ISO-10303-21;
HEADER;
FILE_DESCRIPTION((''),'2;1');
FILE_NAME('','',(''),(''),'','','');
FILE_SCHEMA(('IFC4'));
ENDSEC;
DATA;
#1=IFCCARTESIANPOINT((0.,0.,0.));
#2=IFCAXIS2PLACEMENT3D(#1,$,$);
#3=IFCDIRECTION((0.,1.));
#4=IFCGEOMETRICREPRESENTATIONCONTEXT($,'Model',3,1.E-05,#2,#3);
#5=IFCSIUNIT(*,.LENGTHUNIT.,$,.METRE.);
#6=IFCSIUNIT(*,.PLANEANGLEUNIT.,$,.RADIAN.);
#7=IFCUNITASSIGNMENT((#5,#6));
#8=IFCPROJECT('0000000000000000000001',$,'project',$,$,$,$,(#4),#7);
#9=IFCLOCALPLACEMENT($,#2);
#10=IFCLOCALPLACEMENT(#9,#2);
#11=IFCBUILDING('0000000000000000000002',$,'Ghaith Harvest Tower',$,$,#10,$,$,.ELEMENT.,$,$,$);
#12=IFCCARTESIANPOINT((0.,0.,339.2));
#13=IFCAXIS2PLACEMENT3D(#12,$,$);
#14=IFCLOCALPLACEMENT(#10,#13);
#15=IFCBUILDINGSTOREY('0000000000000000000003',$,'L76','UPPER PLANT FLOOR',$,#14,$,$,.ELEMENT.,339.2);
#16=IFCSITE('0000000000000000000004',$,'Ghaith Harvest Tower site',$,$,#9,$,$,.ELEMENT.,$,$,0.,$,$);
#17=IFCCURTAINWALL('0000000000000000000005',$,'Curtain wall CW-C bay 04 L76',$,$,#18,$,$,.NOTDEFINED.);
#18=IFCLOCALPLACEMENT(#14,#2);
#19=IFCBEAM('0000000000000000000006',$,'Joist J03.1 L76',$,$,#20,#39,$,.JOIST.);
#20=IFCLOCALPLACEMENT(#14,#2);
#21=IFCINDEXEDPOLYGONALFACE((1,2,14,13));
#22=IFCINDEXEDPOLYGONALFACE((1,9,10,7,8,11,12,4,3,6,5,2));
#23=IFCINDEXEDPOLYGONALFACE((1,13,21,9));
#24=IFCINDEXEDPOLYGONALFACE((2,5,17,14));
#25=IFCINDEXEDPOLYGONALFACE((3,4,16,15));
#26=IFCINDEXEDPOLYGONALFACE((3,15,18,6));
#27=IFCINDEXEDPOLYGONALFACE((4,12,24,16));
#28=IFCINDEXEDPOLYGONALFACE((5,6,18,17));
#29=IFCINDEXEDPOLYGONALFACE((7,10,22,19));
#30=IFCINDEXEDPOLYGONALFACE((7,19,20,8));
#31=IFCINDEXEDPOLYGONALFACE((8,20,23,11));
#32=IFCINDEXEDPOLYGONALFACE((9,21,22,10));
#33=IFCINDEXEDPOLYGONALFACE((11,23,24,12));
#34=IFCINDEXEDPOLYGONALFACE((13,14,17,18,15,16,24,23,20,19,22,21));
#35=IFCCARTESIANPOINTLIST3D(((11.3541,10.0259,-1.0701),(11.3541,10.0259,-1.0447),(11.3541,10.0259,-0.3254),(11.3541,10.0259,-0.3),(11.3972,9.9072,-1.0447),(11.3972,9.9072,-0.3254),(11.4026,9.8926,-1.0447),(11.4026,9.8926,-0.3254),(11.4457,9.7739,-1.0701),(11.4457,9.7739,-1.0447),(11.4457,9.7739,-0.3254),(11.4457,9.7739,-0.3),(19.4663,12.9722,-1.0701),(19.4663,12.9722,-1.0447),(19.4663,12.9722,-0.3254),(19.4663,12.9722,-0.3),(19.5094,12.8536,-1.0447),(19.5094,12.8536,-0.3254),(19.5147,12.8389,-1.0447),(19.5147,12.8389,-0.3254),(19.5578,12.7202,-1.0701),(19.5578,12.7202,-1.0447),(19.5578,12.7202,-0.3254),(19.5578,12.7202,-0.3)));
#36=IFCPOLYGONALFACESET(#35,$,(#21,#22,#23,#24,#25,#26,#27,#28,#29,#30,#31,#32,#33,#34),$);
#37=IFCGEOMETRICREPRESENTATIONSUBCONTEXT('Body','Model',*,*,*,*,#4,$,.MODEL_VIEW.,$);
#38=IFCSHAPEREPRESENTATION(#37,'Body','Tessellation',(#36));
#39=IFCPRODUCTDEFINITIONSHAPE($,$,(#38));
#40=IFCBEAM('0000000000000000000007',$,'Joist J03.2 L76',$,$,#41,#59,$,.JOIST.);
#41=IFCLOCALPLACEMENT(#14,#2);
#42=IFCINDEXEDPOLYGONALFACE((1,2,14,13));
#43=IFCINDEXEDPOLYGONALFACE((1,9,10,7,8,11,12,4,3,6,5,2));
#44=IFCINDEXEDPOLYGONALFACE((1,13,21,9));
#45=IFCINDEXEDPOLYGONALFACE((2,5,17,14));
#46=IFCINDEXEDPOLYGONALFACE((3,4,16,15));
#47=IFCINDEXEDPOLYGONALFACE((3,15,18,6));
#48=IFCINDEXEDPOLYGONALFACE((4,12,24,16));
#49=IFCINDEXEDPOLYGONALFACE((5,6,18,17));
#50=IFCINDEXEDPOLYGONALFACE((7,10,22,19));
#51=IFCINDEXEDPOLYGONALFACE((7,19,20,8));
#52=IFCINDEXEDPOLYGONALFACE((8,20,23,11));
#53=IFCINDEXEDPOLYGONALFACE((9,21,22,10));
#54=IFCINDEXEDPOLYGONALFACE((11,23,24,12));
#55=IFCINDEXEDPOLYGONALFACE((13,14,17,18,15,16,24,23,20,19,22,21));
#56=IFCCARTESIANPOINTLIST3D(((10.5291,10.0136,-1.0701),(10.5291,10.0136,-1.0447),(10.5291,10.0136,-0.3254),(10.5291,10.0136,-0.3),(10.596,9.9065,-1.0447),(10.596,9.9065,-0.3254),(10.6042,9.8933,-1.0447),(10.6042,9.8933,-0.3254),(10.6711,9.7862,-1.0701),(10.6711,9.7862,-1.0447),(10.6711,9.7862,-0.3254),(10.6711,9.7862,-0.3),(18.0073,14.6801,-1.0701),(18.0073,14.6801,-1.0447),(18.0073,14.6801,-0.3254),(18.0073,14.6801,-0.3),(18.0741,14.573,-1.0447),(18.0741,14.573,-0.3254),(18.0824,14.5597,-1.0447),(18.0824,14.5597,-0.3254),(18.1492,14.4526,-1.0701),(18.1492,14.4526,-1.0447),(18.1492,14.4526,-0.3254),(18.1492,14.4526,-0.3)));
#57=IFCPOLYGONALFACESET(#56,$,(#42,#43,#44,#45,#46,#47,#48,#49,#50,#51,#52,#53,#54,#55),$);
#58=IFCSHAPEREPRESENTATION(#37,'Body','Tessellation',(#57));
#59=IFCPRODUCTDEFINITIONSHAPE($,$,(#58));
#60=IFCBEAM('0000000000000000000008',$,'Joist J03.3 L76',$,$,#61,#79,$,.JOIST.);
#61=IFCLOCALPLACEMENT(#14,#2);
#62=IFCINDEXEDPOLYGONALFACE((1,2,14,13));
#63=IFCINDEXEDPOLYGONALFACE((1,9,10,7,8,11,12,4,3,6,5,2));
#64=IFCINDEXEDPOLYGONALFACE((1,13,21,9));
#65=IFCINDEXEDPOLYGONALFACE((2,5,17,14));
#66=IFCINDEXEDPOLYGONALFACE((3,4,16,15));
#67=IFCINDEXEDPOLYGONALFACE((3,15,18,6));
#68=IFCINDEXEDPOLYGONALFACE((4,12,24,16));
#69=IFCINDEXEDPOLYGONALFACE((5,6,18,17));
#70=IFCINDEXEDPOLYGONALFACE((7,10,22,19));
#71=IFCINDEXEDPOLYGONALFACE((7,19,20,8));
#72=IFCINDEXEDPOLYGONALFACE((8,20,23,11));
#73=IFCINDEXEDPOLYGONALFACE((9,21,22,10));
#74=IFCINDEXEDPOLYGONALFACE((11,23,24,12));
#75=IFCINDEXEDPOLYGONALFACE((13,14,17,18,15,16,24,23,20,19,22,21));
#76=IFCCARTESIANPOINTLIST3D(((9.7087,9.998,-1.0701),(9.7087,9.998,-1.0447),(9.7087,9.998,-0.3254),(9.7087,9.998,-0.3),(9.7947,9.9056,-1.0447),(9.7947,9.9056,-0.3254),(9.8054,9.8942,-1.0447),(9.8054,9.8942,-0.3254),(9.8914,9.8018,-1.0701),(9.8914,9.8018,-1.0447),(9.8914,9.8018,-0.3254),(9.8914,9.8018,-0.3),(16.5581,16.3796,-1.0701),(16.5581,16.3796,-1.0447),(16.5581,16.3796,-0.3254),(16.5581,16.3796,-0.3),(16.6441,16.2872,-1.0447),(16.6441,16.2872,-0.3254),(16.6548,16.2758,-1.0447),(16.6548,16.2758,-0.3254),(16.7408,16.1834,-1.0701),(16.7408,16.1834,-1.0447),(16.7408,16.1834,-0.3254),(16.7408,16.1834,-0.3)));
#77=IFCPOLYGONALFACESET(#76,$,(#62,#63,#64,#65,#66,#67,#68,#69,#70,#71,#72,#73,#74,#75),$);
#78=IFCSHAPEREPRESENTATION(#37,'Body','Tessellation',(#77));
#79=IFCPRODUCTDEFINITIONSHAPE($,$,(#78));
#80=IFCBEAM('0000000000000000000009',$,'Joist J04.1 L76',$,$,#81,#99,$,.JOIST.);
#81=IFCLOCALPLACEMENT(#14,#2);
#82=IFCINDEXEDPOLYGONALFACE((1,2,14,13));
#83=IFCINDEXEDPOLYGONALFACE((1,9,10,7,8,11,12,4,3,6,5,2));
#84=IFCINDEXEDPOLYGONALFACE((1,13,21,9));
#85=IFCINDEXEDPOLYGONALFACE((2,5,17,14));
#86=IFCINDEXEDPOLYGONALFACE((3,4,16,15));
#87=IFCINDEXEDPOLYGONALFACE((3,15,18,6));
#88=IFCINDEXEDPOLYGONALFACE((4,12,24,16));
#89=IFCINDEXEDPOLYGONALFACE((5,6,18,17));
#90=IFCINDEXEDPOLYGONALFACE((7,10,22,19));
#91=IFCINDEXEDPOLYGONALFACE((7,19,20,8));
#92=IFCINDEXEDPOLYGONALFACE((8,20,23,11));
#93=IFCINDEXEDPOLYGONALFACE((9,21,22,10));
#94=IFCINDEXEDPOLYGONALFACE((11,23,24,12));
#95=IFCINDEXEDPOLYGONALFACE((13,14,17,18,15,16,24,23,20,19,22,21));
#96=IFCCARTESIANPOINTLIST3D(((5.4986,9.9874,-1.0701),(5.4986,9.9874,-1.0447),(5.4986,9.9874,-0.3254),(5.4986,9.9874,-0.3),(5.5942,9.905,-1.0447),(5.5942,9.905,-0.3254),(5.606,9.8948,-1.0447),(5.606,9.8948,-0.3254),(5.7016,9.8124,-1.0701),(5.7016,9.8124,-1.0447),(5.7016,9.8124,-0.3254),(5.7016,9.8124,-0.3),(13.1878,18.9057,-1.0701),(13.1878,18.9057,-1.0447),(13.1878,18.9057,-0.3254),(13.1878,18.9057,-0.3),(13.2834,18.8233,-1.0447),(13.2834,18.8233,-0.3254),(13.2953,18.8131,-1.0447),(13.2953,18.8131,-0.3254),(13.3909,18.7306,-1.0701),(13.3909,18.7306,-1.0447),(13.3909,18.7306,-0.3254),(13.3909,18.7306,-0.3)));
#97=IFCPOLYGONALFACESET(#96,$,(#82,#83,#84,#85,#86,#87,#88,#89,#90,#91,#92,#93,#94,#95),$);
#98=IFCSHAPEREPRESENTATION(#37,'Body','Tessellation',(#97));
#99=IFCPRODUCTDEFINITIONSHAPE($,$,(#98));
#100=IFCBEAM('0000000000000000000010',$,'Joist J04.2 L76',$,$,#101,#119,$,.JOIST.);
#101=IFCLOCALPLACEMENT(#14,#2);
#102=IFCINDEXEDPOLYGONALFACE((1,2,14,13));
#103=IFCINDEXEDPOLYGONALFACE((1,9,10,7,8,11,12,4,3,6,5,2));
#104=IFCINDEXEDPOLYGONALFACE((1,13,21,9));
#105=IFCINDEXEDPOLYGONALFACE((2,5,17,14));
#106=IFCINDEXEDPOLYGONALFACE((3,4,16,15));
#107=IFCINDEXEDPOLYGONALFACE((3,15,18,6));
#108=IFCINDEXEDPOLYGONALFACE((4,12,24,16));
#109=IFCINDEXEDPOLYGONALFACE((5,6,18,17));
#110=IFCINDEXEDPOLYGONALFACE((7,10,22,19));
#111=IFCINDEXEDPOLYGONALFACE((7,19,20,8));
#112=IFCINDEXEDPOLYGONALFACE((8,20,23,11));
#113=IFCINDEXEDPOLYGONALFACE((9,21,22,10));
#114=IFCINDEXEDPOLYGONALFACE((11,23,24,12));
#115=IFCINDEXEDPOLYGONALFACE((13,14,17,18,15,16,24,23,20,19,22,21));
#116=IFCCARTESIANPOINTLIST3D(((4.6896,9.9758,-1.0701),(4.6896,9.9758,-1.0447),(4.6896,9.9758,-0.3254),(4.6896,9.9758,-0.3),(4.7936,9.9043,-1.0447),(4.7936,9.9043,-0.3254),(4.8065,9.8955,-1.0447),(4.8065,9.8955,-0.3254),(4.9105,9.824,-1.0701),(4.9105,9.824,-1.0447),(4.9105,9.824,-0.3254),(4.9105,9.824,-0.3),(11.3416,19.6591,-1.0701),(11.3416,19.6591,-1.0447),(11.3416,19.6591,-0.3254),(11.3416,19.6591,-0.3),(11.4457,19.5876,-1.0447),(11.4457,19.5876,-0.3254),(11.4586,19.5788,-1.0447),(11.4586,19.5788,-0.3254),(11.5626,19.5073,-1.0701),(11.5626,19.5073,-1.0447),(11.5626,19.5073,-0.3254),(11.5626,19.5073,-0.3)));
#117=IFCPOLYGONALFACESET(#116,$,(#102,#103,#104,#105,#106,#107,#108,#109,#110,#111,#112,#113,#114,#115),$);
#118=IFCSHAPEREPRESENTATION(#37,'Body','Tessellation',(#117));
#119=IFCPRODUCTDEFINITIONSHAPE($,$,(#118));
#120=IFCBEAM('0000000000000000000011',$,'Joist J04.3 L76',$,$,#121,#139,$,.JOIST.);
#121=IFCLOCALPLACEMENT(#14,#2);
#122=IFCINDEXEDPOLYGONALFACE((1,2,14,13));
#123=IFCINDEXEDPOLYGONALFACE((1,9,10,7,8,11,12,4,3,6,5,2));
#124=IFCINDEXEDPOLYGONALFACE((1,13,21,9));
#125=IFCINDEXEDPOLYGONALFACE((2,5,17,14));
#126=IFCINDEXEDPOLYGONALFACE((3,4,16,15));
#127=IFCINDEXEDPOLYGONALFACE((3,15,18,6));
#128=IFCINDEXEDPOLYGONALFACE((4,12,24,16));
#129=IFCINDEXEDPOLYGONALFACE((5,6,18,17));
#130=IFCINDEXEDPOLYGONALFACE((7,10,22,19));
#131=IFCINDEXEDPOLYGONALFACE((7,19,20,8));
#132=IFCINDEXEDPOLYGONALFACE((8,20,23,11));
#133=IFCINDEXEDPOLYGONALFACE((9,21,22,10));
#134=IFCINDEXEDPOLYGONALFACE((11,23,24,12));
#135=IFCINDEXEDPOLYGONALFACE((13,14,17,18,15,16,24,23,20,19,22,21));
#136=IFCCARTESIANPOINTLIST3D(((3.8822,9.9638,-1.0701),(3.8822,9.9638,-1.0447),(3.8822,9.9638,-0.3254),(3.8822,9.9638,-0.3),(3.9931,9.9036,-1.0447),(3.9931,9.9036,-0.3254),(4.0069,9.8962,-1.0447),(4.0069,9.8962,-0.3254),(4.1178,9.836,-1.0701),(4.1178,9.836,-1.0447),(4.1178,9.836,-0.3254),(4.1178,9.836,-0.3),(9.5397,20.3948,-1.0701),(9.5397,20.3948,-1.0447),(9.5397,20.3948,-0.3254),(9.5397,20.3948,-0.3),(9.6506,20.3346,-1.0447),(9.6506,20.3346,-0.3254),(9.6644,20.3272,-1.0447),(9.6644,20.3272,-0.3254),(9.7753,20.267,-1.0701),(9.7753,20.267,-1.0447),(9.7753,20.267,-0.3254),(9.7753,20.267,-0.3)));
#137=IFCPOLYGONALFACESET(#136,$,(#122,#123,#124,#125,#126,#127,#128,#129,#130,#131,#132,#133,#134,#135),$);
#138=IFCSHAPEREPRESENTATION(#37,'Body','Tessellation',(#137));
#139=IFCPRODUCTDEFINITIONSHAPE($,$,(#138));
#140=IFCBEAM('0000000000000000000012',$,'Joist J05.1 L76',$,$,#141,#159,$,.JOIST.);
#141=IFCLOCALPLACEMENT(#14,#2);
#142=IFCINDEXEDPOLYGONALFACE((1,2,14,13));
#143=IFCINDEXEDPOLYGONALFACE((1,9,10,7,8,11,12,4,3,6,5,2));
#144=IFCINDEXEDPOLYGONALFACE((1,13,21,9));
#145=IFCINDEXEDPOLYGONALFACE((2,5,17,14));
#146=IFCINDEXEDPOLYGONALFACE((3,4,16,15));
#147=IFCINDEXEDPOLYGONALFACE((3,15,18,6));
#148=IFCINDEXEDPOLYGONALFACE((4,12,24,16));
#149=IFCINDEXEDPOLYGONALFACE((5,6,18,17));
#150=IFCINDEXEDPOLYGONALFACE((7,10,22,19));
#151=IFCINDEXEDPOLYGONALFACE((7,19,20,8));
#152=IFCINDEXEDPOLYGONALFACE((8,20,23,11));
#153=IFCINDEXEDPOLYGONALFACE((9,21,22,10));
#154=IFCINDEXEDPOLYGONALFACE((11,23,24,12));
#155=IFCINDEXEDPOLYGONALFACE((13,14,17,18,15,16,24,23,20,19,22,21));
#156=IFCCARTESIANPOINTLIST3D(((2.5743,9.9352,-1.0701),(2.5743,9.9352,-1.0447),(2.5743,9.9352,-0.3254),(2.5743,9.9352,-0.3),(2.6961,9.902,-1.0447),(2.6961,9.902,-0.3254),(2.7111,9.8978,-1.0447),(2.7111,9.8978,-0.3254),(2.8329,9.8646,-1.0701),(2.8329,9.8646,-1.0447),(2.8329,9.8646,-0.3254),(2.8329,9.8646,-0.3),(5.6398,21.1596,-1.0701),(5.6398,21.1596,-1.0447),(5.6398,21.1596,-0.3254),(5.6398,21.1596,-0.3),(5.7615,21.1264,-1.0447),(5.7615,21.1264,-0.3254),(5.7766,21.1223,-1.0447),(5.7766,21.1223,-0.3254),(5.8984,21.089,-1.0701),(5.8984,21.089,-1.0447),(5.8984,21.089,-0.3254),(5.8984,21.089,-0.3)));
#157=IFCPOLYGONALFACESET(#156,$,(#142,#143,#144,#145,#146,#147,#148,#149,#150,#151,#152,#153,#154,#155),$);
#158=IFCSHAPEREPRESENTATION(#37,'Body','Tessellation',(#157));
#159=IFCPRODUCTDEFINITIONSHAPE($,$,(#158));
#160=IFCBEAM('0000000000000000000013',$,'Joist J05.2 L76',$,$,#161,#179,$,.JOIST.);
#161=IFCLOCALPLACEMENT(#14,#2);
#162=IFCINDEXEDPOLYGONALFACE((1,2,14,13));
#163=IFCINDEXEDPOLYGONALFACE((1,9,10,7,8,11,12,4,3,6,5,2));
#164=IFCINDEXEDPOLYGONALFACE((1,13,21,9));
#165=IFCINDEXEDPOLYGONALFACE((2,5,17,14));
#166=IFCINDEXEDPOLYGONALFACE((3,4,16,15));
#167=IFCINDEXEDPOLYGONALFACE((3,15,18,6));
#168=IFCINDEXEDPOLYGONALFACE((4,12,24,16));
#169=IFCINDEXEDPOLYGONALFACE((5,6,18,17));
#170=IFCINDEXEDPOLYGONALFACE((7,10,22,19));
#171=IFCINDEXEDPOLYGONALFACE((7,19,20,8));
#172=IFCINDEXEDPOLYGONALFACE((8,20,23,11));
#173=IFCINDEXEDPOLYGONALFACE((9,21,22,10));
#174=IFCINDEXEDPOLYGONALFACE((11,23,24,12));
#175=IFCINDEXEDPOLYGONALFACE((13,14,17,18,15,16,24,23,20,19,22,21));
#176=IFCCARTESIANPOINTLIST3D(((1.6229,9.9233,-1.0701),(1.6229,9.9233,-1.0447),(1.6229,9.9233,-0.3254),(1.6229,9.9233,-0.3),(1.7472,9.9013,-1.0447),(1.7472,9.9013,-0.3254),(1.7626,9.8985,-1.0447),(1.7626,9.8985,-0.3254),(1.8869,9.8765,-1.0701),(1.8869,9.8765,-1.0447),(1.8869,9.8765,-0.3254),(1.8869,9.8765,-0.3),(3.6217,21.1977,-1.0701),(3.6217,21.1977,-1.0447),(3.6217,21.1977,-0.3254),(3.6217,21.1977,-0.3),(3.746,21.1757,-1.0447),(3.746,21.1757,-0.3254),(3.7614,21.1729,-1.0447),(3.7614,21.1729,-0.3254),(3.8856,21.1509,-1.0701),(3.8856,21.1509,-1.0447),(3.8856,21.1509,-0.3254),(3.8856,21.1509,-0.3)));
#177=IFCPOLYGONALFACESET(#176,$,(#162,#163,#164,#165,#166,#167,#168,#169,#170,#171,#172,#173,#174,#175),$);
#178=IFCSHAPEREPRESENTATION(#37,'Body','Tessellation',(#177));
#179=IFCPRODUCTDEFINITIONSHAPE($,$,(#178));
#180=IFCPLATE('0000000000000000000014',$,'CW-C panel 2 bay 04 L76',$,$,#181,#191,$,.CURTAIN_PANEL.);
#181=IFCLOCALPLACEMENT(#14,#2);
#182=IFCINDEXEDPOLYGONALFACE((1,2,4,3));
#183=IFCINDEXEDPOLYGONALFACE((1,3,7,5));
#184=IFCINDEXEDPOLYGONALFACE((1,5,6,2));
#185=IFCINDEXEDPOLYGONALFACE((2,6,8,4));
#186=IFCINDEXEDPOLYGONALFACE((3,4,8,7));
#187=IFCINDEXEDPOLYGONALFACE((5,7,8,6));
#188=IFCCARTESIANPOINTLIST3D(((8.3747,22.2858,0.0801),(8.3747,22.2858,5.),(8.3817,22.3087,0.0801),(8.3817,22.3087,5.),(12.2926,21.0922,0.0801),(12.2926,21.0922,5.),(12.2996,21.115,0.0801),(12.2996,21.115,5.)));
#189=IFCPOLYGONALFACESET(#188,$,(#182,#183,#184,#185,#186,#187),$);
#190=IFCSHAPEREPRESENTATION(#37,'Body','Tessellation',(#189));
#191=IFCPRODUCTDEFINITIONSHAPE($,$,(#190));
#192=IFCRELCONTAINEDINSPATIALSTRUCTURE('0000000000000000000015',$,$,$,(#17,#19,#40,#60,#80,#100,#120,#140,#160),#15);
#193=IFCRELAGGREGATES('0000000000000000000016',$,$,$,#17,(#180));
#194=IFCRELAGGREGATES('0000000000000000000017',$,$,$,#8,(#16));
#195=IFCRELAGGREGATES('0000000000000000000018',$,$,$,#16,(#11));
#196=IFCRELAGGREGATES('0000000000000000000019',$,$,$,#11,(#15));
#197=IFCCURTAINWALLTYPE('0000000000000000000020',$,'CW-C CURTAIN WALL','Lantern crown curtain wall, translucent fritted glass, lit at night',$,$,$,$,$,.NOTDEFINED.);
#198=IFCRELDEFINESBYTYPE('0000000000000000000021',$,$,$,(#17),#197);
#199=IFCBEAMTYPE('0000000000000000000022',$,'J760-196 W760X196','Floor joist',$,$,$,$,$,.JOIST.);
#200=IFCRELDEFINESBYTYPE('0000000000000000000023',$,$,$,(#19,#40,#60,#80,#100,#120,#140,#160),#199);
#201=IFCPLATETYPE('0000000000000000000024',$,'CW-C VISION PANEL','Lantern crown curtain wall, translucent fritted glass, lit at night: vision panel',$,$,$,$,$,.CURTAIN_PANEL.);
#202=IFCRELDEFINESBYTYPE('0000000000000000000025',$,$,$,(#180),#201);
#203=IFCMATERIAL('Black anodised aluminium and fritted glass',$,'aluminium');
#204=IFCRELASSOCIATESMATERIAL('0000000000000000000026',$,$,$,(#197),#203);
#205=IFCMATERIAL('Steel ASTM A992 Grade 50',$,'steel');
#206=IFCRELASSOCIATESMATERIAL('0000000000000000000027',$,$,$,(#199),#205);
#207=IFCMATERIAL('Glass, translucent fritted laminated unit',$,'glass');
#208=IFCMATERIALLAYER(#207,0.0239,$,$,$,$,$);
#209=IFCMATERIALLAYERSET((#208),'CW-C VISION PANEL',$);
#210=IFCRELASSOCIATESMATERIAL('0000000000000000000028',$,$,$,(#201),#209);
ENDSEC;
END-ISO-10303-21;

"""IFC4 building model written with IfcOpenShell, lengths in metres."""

from ifc_helpers import new_model, si_unit, direction, frame, origin, origin_2d, place, context, subcontext, project, spatial, rectangle, i_section, extrude, material, layer, layer_set, material_profile, profile_set, type_object, element, aggregate, save


model = new_model("IFC4")

# Units and contexts
model_context = context("Model", 3, precision=1e-05, world=origin(), true_north=direction((0.0, 1.0)))
body_context = subcontext(model_context, "Body", "Model", "MODEL_VIEW")
ifc_project = project(units=[si_unit("LENGTHUNIT", "METRE"), si_unit("PLANEANGLEUNIT", "RADIAN")], contexts=[model_context])

# Site, building, storey
site_placement = place(None, origin())
site = spatial("IfcSite", under=ifc_project, at=site_placement, Name="Ghaith Harvest Tower site", CompositionType="ELEMENT", RefElevation=0.0)
building_placement = place(site_placement, origin())
building = spatial("IfcBuilding", under=site, at=building_placement, Name="Ghaith Harvest Tower", CompositionType="ELEMENT")
storey_placement = place(building_placement, frame((0.0, 0.0, 339.2)))
storey = spatial("IfcBuildingStorey", under=building, at=storey_placement, Name="L76", Description="UPPER PLANT FLOOR", CompositionType="ELEMENT", Elevation=339.2)

# Curtain wall
ifc_material_1 = material(Name="Black anodised aluminium and fritted glass", Category="aluminium")
curtain_wall_type = type_object("IfcCurtainWallType", Name="CW-C CURTAIN WALL", Description="Lantern crown curtain wall, translucent fritted glass, lit at night", PredefinedType="NOTDEFINED", material=ifc_material_1)
curtain_wall_1_placement = place(storey_placement, origin())
curtain_wall_1 = element("IfcCurtainWall", 1, at=curtain_wall_1_placement, inside=storey, type_object=curtain_wall_type, Name="Curtain wall CW-C bay 04 L76", PredefinedType="NOTDEFINED")

# Beams
ifc_material_2 = material(Name="Steel ASTM A992 Grade 50", Category="steel")
ifc_material_profile_1 = material_profile(ifc_material_2, i_section(OverallWidth=0.2681, OverallDepth=0.77, WebThickness=0.0156, FlangeThickness=0.0254, at=origin_2d()), Name="W760X196")
ifc_profile_set_1 = profile_set([ifc_material_profile_1], Name="Steel ASTM A992 Grade 50")
beam_type_1 = type_object("IfcBeamType", Name="J760-196 W760X196", Description="Floor joist", PredefinedType="JOIST", material=ifc_profile_set_1)
beam_1_placement = place(storey_placement, frame((11.3999, 9.8999, -0.6851), z_axis=(0.939926, 0.34138, 0.0), x_axis=(-0.34138, 0.939926, 0.0)))
element("IfcBeam", 2, at=beam_1_placement, inside=storey, type_object=beam_type_1, Name="Joist J03.1 L76", PredefinedType="JOIST", context=body_context, shape_type="SweptSolid", body=[
    extrude(i_section(OverallWidth=0.2681, OverallDepth=0.77, WebThickness=0.0156, FlangeThickness=0.0254, at=origin_2d()), origin(), (0.0, 0.0, 1.0), 8.6306),
])
beam_2_placement = place(storey_placement, frame((10.6001, 9.8999, -0.6851), z_axis=(0.848376, 0.529394, 0.0), x_axis=(-0.529394, 0.848376, 0.0)))
element("IfcBeam", 3, at=beam_2_placement, inside=storey, type_object=beam_type_1, Name="Joist J03.2 L76", PredefinedType="JOIST", context=body_context, shape_type="SweptSolid", body=[
    extrude(i_section(OverallWidth=0.2681, OverallDepth=0.77, WebThickness=0.0156, FlangeThickness=0.0254, at=origin_2d()), origin(), (0.0, 0.0, 1.0), 8.8147),
])
beam_3_placement = place(storey_placement, frame((9.8, 9.8999, -0.6851), z_axis=(0.731649, 0.681682, 0.0), x_axis=(-0.681682, 0.731649, 0.0)))
element("IfcBeam", 4, at=beam_3_placement, inside=storey, type_object=beam_type_1, Name="Joist J03.3 L76", PredefinedType="JOIST", context=body_context, shape_type="SweptSolid", body=[
    extrude(i_section(OverallWidth=0.2681, OverallDepth=0.77, WebThickness=0.0156, FlangeThickness=0.0254, at=origin_2d()), origin(), (0.0, 0.0, 1.0), 9.3616),
])
beam_4_placement = place(storey_placement, frame((5.6001, 9.8999, -0.6851), z_axis=(0.652993, 0.757364, 0.0), x_axis=(-0.757364, 0.652993, 0.0)))
element("IfcBeam", 5, at=beam_4_placement, inside=storey, type_object=beam_type_1, Name="Joist J04.1 L76", PredefinedType="JOIST", context=body_context, shape_type="SweptSolid", body=[
    extrude(i_section(OverallWidth=0.2681, OverallDepth=0.77, WebThickness=0.0156, FlangeThickness=0.0254, at=origin_2d()), origin(), (0.0, 0.0, 1.0), 11.7754),
])
beam_5_placement = place(storey_placement, frame((4.8, 9.8999, -0.6851), z_axis=(0.566228, 0.824249, 0.0), x_axis=(-0.824249, 0.566228, 0.0)))
element("IfcBeam", 6, at=beam_5_placement, inside=storey, type_object=beam_type_1, Name="Joist J04.2 L76", PredefinedType="JOIST", context=body_context, shape_type="SweptSolid", body=[
    extrude(i_section(OverallWidth=0.2681, OverallDepth=0.77, WebThickness=0.0156, FlangeThickness=0.0254, at=origin_2d()), origin(), (0.0, 0.0, 1.0), 11.748),
])
beam_6_placement = place(storey_placement, frame((4.0, 9.8999, -0.6851), z_axis=(0.476765, 0.879031, 0.0), x_axis=(-0.879031, 0.476765, 0.0)))
element("IfcBeam", 7, at=beam_6_placement, inside=storey, type_object=beam_type_1, Name="Joist J04.3 L76", PredefinedType="JOIST", context=body_context, shape_type="SweptSolid", body=[
    extrude(i_section(OverallWidth=0.2681, OverallDepth=0.77, WebThickness=0.0156, FlangeThickness=0.0254, at=origin_2d()), origin(), (0.0, 0.0, 1.0), 11.8665),
])
beam_7_placement = place(storey_placement, frame((2.7036, 9.8999, -0.6851), z_axis=(0.263456, 0.964671, 0.0), x_axis=(-0.964671, 0.263456, 0.0)))
element("IfcBeam", 8, at=beam_7_placement, inside=storey, type_object=beam_type_1, Name="Joist J05.1 L76", PredefinedType="JOIST", context=body_context, shape_type="SweptSolid", body=[
    extrude(i_section(OverallWidth=0.2681, OverallDepth=0.77, WebThickness=0.0156, FlangeThickness=0.0254, at=origin_2d()), origin(), (0.0, 0.0, 1.0), 11.6355),
])
beam_8_placement = place(storey_placement, frame((1.7549, 9.8999, -0.6851), z_axis=(0.174563, 0.984646, 0.0), x_axis=(-0.984646, 0.174563, 0.0)))
element("IfcBeam", 9, at=beam_8_placement, inside=storey, type_object=beam_type_1, Name="Joist J05.2 L76", PredefinedType="JOIST", context=body_context, shape_type="SweptSolid", body=[
    extrude(i_section(OverallWidth=0.2681, OverallDepth=0.77, WebThickness=0.0156, FlangeThickness=0.0254, at=origin_2d()), origin(), (0.0, 0.0, 1.0), 11.4502),
])

# Plate
ifc_material_3 = material(Name="Glass, translucent fritted laminated unit", Category="glass")
ifc_layer = layer(ifc_material_3, 0.0239)
ifc_layer_set = layer_set([ifc_layer], Name="CW-C VISION PANEL")
plate_type = type_object("IfcPlateType", Name="CW-C VISION PANEL", Description="Lantern crown curtain wall, translucent fritted glass, lit at night: vision panel", PredefinedType="CURTAIN_PANEL", material=ifc_layer_set)
plate_1_placement = place(storey_placement, frame((10.3372, 21.7004, 0.0801), z_axis=(0.0, 0.0, 1.0), x_axis=(-0.956588, 0.291445, 0.0)))
plate_1 = element("IfcPlate", 10, at=plate_1_placement, type_object=plate_type, Name="CW-C panel 2 bay 04 L76", PredefinedType="CURTAIN_PANEL", context=body_context, shape_type="SweptSolid", body=[
    extrude(rectangle(XDim=4.0957, YDim=0.0239, at=origin_2d()), origin(), (0.0, 0.0, 1.0), 4.9199),
])
aggregate(curtain_wall_1, [plate_1])

save(model, "model.ifc")
